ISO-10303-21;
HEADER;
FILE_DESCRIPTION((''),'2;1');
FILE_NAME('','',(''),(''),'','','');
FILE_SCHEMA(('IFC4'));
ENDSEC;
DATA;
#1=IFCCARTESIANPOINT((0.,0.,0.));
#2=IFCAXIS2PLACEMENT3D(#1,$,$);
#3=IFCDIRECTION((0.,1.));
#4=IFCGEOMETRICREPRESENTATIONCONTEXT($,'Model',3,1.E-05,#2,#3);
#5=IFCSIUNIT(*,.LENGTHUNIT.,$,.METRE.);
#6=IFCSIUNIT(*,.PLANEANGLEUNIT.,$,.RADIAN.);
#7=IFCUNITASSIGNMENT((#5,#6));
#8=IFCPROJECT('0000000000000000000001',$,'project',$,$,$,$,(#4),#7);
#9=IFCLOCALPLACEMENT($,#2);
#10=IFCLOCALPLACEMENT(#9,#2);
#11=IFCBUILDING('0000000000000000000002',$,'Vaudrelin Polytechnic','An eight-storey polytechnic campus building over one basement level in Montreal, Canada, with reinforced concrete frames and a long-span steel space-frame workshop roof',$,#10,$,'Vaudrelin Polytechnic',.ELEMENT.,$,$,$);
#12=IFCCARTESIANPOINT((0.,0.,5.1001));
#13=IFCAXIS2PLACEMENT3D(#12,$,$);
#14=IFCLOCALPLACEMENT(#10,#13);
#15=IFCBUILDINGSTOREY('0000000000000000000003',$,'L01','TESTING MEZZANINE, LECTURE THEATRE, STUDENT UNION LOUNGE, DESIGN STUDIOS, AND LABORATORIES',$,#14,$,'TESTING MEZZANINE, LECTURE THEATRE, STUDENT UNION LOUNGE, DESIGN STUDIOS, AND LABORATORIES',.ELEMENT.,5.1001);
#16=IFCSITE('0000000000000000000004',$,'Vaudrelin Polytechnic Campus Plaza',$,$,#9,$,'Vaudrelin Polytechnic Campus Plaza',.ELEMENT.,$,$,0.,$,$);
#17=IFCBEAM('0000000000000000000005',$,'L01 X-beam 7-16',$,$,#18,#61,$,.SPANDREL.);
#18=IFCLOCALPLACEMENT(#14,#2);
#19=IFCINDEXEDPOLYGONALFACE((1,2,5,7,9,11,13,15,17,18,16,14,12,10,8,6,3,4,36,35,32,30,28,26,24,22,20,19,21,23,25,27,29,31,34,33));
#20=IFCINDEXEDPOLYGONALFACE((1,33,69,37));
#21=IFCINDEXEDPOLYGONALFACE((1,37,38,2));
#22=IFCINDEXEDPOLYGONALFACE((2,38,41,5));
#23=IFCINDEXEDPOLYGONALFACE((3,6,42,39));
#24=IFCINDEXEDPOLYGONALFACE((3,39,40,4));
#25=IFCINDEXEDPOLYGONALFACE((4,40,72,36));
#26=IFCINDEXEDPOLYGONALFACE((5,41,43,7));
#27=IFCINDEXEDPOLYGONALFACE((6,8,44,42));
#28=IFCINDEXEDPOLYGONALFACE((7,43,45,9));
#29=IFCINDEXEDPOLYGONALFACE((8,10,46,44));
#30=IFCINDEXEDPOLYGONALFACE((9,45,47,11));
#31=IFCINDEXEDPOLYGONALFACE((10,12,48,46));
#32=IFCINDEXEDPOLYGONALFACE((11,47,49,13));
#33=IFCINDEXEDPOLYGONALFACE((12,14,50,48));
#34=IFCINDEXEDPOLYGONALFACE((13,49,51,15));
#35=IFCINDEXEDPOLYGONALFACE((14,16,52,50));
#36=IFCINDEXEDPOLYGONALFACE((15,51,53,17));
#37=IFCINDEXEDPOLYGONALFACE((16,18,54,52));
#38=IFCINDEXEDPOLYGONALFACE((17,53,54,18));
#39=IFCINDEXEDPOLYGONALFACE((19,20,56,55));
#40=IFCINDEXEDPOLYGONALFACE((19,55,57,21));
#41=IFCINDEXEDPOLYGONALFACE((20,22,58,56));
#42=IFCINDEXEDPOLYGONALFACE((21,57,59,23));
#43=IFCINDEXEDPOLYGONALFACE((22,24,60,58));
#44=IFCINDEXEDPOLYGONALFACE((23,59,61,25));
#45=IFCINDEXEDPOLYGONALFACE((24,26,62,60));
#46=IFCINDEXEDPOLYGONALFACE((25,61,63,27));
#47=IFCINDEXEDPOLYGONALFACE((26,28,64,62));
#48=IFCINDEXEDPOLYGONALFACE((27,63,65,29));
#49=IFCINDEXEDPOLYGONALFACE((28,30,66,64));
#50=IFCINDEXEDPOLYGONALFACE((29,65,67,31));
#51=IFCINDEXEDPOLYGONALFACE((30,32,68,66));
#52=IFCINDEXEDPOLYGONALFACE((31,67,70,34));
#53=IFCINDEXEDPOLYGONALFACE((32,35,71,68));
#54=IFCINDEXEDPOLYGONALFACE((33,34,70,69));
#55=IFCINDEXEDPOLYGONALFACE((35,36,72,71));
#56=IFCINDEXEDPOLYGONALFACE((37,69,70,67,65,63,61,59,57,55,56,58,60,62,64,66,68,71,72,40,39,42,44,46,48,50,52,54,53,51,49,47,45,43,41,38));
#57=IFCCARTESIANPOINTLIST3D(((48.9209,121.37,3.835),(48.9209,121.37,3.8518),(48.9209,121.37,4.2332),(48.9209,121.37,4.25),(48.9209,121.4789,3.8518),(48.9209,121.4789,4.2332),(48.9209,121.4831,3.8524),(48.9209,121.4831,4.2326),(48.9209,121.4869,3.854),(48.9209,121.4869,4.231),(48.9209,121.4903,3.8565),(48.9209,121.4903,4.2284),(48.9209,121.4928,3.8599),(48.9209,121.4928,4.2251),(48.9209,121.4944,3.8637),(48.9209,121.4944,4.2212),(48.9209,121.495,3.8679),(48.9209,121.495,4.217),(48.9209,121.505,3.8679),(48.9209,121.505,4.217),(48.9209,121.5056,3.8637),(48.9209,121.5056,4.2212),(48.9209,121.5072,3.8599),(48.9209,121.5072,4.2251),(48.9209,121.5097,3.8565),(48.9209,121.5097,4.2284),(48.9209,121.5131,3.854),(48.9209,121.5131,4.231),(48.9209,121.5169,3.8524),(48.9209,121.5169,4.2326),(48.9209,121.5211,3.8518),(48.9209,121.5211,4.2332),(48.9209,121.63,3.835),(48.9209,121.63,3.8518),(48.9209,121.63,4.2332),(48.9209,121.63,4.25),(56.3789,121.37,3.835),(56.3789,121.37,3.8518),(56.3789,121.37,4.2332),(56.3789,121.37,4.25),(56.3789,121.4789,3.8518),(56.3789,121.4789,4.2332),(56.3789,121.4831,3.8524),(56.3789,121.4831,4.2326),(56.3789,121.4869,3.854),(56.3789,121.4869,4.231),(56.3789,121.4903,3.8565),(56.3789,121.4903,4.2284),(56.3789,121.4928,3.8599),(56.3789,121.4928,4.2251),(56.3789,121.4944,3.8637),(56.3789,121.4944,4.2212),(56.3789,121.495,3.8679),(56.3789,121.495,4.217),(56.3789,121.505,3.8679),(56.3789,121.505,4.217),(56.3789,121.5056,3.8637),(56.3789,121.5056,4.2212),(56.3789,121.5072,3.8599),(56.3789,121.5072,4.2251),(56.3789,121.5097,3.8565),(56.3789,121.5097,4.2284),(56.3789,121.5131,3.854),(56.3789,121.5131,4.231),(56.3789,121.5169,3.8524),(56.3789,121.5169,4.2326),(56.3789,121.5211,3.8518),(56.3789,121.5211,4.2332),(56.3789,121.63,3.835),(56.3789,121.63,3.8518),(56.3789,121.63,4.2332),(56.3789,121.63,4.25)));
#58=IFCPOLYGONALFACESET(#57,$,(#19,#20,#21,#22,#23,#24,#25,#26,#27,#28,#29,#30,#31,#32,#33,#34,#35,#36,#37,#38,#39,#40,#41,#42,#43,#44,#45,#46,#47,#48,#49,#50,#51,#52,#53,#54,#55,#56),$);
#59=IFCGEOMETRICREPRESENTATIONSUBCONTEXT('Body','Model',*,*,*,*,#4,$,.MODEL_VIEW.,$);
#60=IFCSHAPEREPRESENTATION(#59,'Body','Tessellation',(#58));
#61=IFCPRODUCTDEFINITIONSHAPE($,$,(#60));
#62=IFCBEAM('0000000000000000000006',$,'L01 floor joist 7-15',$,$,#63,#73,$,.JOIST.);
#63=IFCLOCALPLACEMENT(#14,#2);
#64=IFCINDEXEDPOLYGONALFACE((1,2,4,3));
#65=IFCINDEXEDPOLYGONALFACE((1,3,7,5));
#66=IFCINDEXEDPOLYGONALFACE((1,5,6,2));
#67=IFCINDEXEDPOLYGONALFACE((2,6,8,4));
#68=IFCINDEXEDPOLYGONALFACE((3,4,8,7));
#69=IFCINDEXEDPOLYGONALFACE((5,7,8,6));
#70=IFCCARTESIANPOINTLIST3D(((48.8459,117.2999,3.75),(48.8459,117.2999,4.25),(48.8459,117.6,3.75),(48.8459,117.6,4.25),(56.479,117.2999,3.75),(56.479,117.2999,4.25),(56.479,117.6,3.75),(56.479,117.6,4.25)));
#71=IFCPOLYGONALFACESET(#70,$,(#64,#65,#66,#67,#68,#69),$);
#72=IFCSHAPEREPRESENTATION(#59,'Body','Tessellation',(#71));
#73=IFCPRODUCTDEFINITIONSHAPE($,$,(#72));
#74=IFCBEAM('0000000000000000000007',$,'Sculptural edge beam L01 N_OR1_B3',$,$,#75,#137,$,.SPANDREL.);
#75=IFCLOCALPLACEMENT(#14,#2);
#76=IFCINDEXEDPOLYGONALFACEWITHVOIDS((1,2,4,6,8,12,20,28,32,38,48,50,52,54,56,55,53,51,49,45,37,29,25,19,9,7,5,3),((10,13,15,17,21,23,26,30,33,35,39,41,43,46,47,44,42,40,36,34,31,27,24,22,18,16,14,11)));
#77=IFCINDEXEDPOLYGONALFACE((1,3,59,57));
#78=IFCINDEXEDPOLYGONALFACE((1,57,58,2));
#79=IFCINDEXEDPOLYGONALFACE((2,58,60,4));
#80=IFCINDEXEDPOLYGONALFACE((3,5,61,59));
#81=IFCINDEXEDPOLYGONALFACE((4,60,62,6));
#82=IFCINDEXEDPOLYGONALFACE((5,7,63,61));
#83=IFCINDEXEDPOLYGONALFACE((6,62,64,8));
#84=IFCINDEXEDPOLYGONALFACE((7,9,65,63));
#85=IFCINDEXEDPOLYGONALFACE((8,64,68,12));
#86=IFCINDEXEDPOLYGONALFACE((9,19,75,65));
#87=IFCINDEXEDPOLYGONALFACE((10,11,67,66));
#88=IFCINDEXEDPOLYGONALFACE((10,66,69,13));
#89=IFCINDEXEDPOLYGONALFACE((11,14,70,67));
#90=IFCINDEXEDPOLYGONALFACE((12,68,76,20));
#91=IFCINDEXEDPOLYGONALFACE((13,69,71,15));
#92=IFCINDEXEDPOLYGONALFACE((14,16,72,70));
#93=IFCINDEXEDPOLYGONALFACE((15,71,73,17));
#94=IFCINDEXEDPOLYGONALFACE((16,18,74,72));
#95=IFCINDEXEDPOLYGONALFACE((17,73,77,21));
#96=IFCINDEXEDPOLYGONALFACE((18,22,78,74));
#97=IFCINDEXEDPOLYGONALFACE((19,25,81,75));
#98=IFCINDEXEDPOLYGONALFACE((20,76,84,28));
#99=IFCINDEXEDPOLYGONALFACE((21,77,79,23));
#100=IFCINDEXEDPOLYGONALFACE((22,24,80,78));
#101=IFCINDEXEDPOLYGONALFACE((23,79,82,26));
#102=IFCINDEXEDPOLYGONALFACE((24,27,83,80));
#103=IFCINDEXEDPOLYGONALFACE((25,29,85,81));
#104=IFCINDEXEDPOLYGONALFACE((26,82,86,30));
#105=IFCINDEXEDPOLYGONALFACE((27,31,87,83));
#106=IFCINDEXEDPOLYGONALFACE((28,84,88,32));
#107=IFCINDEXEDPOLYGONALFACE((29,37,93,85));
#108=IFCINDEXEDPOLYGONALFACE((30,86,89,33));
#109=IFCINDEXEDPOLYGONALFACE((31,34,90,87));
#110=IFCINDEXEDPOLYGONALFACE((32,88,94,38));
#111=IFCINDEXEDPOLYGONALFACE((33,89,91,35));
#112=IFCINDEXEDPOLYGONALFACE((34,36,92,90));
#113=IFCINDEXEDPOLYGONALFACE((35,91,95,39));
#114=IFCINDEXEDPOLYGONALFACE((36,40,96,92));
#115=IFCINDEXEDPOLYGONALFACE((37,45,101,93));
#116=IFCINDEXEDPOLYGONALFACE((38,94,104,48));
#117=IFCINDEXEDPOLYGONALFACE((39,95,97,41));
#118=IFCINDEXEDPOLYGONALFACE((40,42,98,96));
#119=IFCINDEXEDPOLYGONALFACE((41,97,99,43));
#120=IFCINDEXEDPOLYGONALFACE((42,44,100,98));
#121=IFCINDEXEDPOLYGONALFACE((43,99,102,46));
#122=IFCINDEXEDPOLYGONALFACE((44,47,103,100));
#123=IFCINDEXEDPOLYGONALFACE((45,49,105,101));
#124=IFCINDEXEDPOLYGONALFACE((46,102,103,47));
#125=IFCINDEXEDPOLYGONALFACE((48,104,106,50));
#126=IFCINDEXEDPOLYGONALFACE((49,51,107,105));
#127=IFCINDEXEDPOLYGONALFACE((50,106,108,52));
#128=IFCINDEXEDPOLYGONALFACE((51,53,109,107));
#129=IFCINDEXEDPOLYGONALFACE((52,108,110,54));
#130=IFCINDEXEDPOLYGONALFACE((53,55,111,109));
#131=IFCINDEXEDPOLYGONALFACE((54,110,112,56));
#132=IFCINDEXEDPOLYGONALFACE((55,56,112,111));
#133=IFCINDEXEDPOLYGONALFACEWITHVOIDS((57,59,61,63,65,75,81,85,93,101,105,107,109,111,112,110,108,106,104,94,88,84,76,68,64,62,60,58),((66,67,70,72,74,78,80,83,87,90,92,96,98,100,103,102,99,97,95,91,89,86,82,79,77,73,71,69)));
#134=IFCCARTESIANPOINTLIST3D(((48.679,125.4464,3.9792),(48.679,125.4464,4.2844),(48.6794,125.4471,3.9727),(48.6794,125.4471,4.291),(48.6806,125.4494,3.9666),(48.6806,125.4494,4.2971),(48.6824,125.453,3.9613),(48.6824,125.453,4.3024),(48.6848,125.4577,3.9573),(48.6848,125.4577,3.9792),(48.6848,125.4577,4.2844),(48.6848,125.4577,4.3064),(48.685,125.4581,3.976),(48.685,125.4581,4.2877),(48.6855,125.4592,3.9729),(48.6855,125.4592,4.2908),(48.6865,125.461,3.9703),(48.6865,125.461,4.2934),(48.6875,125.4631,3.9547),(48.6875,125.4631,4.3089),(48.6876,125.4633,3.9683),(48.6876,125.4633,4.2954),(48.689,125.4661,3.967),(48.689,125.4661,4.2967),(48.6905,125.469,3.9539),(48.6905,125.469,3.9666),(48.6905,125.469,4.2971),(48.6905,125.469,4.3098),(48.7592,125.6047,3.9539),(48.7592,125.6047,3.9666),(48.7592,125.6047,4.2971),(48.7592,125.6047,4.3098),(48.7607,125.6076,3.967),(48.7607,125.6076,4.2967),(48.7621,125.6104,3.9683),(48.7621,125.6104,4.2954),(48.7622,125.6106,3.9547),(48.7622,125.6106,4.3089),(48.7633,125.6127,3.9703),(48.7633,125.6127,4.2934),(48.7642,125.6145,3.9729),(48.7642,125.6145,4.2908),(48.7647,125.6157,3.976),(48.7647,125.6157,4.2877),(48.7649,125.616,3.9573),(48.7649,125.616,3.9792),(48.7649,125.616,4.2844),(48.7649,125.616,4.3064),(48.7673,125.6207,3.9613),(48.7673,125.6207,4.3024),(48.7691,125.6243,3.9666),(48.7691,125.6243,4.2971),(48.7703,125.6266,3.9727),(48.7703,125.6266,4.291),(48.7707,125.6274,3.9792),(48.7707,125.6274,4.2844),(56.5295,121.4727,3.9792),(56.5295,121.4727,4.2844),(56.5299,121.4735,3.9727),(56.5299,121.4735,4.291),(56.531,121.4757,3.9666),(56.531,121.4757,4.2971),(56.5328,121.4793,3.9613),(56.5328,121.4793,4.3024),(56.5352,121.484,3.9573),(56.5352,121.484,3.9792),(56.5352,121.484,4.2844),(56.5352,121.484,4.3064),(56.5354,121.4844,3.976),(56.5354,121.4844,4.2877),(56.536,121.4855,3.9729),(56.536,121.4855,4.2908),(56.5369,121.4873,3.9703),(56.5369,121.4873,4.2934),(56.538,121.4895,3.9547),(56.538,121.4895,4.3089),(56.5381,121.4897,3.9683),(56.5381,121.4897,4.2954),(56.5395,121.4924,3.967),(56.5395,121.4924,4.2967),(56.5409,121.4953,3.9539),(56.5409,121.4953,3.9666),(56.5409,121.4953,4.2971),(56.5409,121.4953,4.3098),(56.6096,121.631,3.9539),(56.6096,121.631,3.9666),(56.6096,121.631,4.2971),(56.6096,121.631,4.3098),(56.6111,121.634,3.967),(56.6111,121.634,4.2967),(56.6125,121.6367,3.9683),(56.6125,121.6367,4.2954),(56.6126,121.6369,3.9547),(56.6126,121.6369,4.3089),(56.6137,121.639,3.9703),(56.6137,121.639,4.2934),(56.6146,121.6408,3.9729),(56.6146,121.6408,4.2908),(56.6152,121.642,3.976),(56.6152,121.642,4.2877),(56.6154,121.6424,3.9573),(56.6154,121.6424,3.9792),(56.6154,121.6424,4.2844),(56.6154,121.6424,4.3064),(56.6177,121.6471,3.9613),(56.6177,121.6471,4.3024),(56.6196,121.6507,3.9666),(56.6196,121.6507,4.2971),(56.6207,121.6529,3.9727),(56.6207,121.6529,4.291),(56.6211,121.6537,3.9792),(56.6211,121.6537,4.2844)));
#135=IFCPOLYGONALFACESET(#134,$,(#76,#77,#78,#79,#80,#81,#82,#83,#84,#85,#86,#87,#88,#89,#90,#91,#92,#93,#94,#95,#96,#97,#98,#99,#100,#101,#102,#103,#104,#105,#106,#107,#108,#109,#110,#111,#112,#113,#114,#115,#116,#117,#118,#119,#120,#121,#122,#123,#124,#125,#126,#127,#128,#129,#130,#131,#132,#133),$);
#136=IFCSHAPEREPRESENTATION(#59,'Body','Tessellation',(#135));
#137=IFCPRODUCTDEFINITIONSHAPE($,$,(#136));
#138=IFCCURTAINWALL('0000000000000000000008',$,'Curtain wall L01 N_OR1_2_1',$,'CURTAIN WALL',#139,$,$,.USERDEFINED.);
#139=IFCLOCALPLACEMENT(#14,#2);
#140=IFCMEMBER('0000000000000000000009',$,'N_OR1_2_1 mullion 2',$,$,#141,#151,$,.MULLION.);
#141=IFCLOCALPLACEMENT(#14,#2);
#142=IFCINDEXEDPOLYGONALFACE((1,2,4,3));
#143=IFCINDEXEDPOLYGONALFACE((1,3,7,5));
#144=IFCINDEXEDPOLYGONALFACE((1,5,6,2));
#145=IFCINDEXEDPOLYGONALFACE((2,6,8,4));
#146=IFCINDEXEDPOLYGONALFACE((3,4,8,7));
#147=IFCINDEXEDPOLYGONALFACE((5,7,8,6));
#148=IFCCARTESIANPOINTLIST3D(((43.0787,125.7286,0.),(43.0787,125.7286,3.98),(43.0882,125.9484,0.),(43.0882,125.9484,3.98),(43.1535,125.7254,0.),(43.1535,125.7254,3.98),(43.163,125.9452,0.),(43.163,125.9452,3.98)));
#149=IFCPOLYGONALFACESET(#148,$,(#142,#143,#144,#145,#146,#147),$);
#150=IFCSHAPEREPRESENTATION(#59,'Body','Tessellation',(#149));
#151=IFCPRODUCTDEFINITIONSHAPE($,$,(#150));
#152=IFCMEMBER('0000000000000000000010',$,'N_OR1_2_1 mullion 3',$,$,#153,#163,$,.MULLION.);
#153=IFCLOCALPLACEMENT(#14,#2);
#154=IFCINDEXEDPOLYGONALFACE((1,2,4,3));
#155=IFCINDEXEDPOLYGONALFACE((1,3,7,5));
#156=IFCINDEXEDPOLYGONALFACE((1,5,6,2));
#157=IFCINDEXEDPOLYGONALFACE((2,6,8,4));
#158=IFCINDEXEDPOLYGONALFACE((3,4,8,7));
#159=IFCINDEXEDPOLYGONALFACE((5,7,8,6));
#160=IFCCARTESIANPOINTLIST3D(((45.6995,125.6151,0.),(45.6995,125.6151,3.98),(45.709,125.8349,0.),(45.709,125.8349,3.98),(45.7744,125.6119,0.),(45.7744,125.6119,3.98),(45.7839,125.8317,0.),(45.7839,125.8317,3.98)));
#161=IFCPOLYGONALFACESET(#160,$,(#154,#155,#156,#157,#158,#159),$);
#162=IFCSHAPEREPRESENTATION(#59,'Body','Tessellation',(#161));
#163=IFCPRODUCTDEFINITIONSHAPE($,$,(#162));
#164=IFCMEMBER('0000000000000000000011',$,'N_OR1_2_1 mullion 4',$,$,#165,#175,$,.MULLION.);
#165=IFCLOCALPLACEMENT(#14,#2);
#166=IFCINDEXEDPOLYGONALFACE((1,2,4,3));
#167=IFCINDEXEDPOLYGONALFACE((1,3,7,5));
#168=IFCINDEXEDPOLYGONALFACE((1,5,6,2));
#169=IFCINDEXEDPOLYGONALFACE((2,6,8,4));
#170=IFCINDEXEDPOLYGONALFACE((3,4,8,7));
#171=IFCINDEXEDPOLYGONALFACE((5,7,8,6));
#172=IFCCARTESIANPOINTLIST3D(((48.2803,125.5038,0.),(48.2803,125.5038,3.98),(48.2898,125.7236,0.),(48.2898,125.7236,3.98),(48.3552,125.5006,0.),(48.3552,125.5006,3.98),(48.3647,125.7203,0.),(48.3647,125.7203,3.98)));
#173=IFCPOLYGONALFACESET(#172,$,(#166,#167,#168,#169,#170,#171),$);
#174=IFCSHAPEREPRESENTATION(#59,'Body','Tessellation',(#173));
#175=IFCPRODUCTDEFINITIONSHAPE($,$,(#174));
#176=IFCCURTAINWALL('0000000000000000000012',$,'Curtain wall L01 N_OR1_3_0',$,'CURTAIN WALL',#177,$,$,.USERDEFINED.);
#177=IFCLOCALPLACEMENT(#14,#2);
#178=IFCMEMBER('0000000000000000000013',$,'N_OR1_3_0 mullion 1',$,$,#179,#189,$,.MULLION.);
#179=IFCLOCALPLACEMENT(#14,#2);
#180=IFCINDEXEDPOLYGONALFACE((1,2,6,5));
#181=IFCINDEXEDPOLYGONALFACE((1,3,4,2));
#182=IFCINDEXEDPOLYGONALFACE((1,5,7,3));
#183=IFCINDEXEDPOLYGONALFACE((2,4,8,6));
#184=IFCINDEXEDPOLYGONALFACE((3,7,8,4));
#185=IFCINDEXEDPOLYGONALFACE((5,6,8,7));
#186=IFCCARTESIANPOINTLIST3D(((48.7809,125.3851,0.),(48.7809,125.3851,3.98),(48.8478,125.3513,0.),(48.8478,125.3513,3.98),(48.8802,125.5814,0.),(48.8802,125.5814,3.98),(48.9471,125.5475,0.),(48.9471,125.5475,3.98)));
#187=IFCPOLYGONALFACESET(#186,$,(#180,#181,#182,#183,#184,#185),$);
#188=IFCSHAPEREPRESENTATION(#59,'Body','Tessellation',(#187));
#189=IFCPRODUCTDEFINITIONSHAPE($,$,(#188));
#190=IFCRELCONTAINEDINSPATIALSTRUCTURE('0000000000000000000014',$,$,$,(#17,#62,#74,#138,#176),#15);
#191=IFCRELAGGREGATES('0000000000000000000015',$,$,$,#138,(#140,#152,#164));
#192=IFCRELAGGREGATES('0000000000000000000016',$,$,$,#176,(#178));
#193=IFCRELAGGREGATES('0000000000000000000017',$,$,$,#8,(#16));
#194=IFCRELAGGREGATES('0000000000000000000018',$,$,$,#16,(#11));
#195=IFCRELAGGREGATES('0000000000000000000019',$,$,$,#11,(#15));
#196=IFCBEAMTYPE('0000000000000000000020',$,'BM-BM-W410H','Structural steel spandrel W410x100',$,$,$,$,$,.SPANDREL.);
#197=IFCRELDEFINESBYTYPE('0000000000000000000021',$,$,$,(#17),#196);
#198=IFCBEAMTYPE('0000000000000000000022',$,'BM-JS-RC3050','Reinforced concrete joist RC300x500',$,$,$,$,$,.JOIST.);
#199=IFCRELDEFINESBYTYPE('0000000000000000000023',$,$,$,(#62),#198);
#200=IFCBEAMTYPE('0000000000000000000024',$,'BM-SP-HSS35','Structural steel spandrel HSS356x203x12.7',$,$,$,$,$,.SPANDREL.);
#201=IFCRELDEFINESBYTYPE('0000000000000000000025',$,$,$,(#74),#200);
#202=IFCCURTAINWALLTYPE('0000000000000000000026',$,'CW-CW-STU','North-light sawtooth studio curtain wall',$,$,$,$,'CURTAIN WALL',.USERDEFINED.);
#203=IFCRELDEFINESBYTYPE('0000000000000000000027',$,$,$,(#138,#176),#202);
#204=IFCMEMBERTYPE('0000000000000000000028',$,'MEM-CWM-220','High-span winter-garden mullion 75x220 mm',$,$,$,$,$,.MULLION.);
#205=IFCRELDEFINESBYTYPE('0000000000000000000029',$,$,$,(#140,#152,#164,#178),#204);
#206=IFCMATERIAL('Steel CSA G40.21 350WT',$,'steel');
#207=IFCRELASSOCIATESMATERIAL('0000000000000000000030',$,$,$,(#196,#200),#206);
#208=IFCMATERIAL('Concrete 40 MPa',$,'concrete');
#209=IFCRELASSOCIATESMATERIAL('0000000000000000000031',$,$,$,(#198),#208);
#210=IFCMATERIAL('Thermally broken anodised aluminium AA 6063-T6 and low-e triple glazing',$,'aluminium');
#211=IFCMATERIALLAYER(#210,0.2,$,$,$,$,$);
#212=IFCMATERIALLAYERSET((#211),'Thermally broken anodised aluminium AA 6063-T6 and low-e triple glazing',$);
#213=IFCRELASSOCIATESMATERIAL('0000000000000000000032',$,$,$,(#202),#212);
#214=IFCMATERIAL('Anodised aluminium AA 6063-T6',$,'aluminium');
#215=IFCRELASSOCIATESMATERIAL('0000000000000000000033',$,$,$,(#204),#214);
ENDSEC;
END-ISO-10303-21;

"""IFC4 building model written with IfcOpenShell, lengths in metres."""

from ifc_helpers import new_model, si_unit, direction, frame, origin, origin_2d, place, context, subcontext, project, spatial, rectangle, hollow_rectangle, i_section, extrude, material, layer, layer_set, material_profile, profile_set, type_object, element, aggregate, save


model = new_model("IFC4")

# Units and contexts
model_context = context("Model", 3, precision=1e-05, world=origin(), true_north=direction((0.0, 1.0)))
body_context = subcontext(model_context, "Body", "Model", "MODEL_VIEW")
ifc_project = project(units=[si_unit("LENGTHUNIT", "METRE"), si_unit("PLANEANGLEUNIT", "RADIAN")], contexts=[model_context])

# Site, building, storey
site_placement = place(None, origin())
site = spatial("IfcSite", under=ifc_project, at=site_placement, Name="Vaudrelin Polytechnic Campus Plaza", LongName="Vaudrelin Polytechnic Campus Plaza", CompositionType="ELEMENT", RefElevation=0.0)
building_placement = place(site_placement, origin())
building = spatial("IfcBuilding", under=site, at=building_placement, Name="Vaudrelin Polytechnic", Description="An eight-storey polytechnic campus building over one basement level in Montreal, Canada, with reinforced concrete frames and a long-span steel space-frame workshop roof", LongName="Vaudrelin Polytechnic", CompositionType="ELEMENT")
storey_placement = place(building_placement, frame((0.0, 0.0, 5.1001)))
storey = spatial("IfcBuildingStorey", under=building, at=storey_placement, Name="L01", Description="TESTING MEZZANINE, LECTURE THEATRE, STUDENT UNION LOUNGE, DESIGN STUDIOS, AND LABORATORIES", LongName="TESTING MEZZANINE, LECTURE THEATRE, STUDENT UNION LOUNGE, DESIGN STUDIOS, AND LABORATORIES", CompositionType="ELEMENT", Elevation=5.1001)

# Shared definitions
ifc_material_1 = material(Name="Steel CSA G40.21 350WT", Category="steel")
ifc_material_2 = material(Name="Concrete 40 MPa", Category="concrete")

# Beams
ifc_material_profile_1 = material_profile(ifc_material_1, i_section(OverallWidth=0.26, OverallDepth=0.415, WebThickness=0.01, FlangeThickness=0.0168, FilletRadius=0.0161, at=origin_2d()), Name="W410x100")
ifc_profile_set_1 = profile_set([ifc_material_profile_1], Name="Steel CSA G40.21 350WT")
beam_type_1 = type_object("IfcBeamType", Name="BM-BM-W410H", Description="Structural steel spandrel W410x100", PredefinedType="SPANDREL", material=ifc_profile_set_1)
beam_1_placement = place(storey_placement, frame((48.9209, 121.5, 4.0425), z_axis=(1.0, 0.0, 0.0), x_axis=(0.0, 1.0, 0.0)))
element("IfcBeam", 1, at=beam_1_placement, inside=storey, type_object=beam_type_1, Name="L01 X-beam 7-16", PredefinedType="SPANDREL", context=body_context, shape_type="SweptSolid", body=[
    extrude(i_section(OverallWidth=0.26, OverallDepth=0.415, WebThickness=0.01, FlangeThickness=0.0168, FilletRadius=0.0161, at=origin_2d()), origin(), (0.0, 0.0, 1.0), 7.458),
])
ifc_material_profile_2 = material_profile(ifc_material_2, rectangle(XDim=0.3, YDim=0.5, at=origin_2d()), Name="RC300x500")
ifc_profile_set_2 = profile_set([ifc_material_profile_2], Name="Concrete 40 MPa")
beam_type_2 = type_object("IfcBeamType", Name="BM-JS-RC3050", Description="Reinforced concrete joist RC300x500", PredefinedType="JOIST", material=ifc_profile_set_2)
beam_2_placement = place(storey_placement, frame((48.8459, 117.45, 4.0), z_axis=(1.0, 0.0, 0.0), x_axis=(0.0, 1.0, 0.0)))
element("IfcBeam", 2, at=beam_2_placement, inside=storey, type_object=beam_type_2, Name="L01 floor joist 7-15", PredefinedType="JOIST", context=body_context, shape_type="SweptSolid", body=[
    extrude(rectangle(XDim=0.3, YDim=0.5, at=origin_2d()), origin(), (0.0, 0.0, 1.0), 7.6331),
])
ifc_material_profile_3 = material_profile(ifc_material_1, hollow_rectangle(XDim=0.2029, YDim=0.356, WallThickness=0.0127, InnerFilletRadius=0.0127, OuterFilletRadius=0.0254, at=origin_2d()), Name="HSS356x203x12.7")
ifc_profile_set_3 = profile_set([ifc_material_profile_3], Name="Steel CSA G40.21 350WT")
beam_type_3 = type_object("IfcBeamType", Name="BM-SP-HSS35", Description="Structural steel spandrel HSS356x203x12.7", PredefinedType="SPANDREL", material=ifc_profile_set_3)
beam_3_placement = place(storey_placement, frame((48.7249, 125.5369, 4.1318), z_axis=(0.892213, -0.451614, 0.0), x_axis=(0.451614, 0.892213, 0.0)))
element("IfcBeam", 3, at=beam_3_placement, inside=storey, type_object=beam_type_3, Name="Sculptural edge beam L01 N_OR1_B3", PredefinedType="SPANDREL", context=body_context, shape_type="SweptSolid", body=[
    extrude(hollow_rectangle(XDim=0.2029, YDim=0.356, WallThickness=0.0127, InnerFilletRadius=0.0127, OuterFilletRadius=0.0254, at=origin_2d()), origin(), (0.0, 0.0, 1.0), 8.7988),
])

# Curtain walls, members
ifc_material_3 = material(Name="Thermally broken anodised aluminium AA 6063-T6 and low-e triple glazing", Category="aluminium")
ifc_layer_1 = layer(ifc_material_3, 0.2)
ifc_layer_set_1 = layer_set([ifc_layer_1], Name="Thermally broken anodised aluminium AA 6063-T6 and low-e triple glazing")
curtain_wall_type = type_object("IfcCurtainWallType", Name="CW-CW-STU", Description="North-light sawtooth studio curtain wall", ElementType="CURTAIN WALL", PredefinedType="USERDEFINED", material=ifc_layer_set_1)
curtain_wall_1_placement = place(storey_placement, origin())
curtain_wall_1 = element("IfcCurtainWall", 4, at=curtain_wall_1_placement, inside=storey, type_object=curtain_wall_type, Name="Curtain wall L01 N_OR1_2_1", ObjectType="CURTAIN WALL", PredefinedType="USERDEFINED")
ifc_material_4 = material(Name="Anodised aluminium AA 6063-T6", Category="aluminium")
ifc_material_profile_4 = material_profile(ifc_material_4, rectangle(XDim=0.075, YDim=0.22, at=origin_2d()), Name="CWM-75x220")
ifc_profile_set_4 = profile_set([ifc_material_profile_4], Name="Anodised aluminium AA 6063-T6")
member_type_1 = type_object("IfcMemberType", Name="MEM-CWM-220", Description="High-span winter-garden mullion 75x220 mm", PredefinedType="MULLION", material=ifc_profile_set_4)
member_1_placement = place(storey_placement, frame((43.1208, 125.8369, 0.0), z_axis=(0.0, 0.0, 1.0), x_axis=(0.999068, -0.043164, 0.0)))
member_1 = element("IfcMember", 5, at=member_1_placement, type_object=member_type_1, Name="N_OR1_2_1 mullion 2", PredefinedType="MULLION", context=body_context, shape_type="SweptSolid", body=[
    extrude(rectangle(XDim=0.075, YDim=0.22, at=origin_2d()), origin(), (0.0, 0.0, 1.0), 3.98),
])
member_2_placement = place(storey_placement, frame((45.7417, 125.7234, 0.0), z_axis=(0.0, 0.0, 1.0), x_axis=(0.999068, -0.043164, 0.0)))
member_2 = element("IfcMember", 6, at=member_2_placement, type_object=member_type_1, Name="N_OR1_2_1 mullion 3", PredefinedType="MULLION", context=body_context, shape_type="SweptSolid", body=[
    extrude(rectangle(XDim=0.075, YDim=0.22, at=origin_2d()), origin(), (0.0, 0.0, 1.0), 3.98),
])
member_3_placement = place(storey_placement, frame((48.3225, 125.6121, 0.0), z_axis=(0.0, 0.0, 1.0), x_axis=(0.999068, -0.043164, 0.0)))
member_3 = element("IfcMember", 7, at=member_3_placement, type_object=member_type_1, Name="N_OR1_2_1 mullion 4", PredefinedType="MULLION", context=body_context, shape_type="SweptSolid", body=[
    extrude(rectangle(XDim=0.075, YDim=0.22, at=origin_2d()), origin(), (0.0, 0.0, 1.0), 3.98),
])
curtain_wall_2_placement = place(storey_placement, origin())
curtain_wall_2 = element("IfcCurtainWall", 8, at=curtain_wall_2_placement, inside=storey, type_object=curtain_wall_type, Name="Curtain wall L01 N_OR1_3_0", ObjectType="CURTAIN WALL", PredefinedType="USERDEFINED")
member_4_placement = place(storey_placement, frame((48.864, 125.4663, 0.0), z_axis=(0.0, 0.0, 1.0), x_axis=(0.892217, -0.451608, 0.0)))
member_4 = element("IfcMember", 9, at=member_4_placement, type_object=member_type_1, Name="N_OR1_3_0 mullion 1", PredefinedType="MULLION", context=body_context, shape_type="SweptSolid", body=[
    extrude(rectangle(XDim=0.075, YDim=0.22, at=origin_2d()), origin(), (0.0, 0.0, 1.0), 3.98),
])

aggregate(curtain_wall_1, [member_1, member_2, member_3])
aggregate(curtain_wall_2, [member_4])

save(model, "model.ifc")
